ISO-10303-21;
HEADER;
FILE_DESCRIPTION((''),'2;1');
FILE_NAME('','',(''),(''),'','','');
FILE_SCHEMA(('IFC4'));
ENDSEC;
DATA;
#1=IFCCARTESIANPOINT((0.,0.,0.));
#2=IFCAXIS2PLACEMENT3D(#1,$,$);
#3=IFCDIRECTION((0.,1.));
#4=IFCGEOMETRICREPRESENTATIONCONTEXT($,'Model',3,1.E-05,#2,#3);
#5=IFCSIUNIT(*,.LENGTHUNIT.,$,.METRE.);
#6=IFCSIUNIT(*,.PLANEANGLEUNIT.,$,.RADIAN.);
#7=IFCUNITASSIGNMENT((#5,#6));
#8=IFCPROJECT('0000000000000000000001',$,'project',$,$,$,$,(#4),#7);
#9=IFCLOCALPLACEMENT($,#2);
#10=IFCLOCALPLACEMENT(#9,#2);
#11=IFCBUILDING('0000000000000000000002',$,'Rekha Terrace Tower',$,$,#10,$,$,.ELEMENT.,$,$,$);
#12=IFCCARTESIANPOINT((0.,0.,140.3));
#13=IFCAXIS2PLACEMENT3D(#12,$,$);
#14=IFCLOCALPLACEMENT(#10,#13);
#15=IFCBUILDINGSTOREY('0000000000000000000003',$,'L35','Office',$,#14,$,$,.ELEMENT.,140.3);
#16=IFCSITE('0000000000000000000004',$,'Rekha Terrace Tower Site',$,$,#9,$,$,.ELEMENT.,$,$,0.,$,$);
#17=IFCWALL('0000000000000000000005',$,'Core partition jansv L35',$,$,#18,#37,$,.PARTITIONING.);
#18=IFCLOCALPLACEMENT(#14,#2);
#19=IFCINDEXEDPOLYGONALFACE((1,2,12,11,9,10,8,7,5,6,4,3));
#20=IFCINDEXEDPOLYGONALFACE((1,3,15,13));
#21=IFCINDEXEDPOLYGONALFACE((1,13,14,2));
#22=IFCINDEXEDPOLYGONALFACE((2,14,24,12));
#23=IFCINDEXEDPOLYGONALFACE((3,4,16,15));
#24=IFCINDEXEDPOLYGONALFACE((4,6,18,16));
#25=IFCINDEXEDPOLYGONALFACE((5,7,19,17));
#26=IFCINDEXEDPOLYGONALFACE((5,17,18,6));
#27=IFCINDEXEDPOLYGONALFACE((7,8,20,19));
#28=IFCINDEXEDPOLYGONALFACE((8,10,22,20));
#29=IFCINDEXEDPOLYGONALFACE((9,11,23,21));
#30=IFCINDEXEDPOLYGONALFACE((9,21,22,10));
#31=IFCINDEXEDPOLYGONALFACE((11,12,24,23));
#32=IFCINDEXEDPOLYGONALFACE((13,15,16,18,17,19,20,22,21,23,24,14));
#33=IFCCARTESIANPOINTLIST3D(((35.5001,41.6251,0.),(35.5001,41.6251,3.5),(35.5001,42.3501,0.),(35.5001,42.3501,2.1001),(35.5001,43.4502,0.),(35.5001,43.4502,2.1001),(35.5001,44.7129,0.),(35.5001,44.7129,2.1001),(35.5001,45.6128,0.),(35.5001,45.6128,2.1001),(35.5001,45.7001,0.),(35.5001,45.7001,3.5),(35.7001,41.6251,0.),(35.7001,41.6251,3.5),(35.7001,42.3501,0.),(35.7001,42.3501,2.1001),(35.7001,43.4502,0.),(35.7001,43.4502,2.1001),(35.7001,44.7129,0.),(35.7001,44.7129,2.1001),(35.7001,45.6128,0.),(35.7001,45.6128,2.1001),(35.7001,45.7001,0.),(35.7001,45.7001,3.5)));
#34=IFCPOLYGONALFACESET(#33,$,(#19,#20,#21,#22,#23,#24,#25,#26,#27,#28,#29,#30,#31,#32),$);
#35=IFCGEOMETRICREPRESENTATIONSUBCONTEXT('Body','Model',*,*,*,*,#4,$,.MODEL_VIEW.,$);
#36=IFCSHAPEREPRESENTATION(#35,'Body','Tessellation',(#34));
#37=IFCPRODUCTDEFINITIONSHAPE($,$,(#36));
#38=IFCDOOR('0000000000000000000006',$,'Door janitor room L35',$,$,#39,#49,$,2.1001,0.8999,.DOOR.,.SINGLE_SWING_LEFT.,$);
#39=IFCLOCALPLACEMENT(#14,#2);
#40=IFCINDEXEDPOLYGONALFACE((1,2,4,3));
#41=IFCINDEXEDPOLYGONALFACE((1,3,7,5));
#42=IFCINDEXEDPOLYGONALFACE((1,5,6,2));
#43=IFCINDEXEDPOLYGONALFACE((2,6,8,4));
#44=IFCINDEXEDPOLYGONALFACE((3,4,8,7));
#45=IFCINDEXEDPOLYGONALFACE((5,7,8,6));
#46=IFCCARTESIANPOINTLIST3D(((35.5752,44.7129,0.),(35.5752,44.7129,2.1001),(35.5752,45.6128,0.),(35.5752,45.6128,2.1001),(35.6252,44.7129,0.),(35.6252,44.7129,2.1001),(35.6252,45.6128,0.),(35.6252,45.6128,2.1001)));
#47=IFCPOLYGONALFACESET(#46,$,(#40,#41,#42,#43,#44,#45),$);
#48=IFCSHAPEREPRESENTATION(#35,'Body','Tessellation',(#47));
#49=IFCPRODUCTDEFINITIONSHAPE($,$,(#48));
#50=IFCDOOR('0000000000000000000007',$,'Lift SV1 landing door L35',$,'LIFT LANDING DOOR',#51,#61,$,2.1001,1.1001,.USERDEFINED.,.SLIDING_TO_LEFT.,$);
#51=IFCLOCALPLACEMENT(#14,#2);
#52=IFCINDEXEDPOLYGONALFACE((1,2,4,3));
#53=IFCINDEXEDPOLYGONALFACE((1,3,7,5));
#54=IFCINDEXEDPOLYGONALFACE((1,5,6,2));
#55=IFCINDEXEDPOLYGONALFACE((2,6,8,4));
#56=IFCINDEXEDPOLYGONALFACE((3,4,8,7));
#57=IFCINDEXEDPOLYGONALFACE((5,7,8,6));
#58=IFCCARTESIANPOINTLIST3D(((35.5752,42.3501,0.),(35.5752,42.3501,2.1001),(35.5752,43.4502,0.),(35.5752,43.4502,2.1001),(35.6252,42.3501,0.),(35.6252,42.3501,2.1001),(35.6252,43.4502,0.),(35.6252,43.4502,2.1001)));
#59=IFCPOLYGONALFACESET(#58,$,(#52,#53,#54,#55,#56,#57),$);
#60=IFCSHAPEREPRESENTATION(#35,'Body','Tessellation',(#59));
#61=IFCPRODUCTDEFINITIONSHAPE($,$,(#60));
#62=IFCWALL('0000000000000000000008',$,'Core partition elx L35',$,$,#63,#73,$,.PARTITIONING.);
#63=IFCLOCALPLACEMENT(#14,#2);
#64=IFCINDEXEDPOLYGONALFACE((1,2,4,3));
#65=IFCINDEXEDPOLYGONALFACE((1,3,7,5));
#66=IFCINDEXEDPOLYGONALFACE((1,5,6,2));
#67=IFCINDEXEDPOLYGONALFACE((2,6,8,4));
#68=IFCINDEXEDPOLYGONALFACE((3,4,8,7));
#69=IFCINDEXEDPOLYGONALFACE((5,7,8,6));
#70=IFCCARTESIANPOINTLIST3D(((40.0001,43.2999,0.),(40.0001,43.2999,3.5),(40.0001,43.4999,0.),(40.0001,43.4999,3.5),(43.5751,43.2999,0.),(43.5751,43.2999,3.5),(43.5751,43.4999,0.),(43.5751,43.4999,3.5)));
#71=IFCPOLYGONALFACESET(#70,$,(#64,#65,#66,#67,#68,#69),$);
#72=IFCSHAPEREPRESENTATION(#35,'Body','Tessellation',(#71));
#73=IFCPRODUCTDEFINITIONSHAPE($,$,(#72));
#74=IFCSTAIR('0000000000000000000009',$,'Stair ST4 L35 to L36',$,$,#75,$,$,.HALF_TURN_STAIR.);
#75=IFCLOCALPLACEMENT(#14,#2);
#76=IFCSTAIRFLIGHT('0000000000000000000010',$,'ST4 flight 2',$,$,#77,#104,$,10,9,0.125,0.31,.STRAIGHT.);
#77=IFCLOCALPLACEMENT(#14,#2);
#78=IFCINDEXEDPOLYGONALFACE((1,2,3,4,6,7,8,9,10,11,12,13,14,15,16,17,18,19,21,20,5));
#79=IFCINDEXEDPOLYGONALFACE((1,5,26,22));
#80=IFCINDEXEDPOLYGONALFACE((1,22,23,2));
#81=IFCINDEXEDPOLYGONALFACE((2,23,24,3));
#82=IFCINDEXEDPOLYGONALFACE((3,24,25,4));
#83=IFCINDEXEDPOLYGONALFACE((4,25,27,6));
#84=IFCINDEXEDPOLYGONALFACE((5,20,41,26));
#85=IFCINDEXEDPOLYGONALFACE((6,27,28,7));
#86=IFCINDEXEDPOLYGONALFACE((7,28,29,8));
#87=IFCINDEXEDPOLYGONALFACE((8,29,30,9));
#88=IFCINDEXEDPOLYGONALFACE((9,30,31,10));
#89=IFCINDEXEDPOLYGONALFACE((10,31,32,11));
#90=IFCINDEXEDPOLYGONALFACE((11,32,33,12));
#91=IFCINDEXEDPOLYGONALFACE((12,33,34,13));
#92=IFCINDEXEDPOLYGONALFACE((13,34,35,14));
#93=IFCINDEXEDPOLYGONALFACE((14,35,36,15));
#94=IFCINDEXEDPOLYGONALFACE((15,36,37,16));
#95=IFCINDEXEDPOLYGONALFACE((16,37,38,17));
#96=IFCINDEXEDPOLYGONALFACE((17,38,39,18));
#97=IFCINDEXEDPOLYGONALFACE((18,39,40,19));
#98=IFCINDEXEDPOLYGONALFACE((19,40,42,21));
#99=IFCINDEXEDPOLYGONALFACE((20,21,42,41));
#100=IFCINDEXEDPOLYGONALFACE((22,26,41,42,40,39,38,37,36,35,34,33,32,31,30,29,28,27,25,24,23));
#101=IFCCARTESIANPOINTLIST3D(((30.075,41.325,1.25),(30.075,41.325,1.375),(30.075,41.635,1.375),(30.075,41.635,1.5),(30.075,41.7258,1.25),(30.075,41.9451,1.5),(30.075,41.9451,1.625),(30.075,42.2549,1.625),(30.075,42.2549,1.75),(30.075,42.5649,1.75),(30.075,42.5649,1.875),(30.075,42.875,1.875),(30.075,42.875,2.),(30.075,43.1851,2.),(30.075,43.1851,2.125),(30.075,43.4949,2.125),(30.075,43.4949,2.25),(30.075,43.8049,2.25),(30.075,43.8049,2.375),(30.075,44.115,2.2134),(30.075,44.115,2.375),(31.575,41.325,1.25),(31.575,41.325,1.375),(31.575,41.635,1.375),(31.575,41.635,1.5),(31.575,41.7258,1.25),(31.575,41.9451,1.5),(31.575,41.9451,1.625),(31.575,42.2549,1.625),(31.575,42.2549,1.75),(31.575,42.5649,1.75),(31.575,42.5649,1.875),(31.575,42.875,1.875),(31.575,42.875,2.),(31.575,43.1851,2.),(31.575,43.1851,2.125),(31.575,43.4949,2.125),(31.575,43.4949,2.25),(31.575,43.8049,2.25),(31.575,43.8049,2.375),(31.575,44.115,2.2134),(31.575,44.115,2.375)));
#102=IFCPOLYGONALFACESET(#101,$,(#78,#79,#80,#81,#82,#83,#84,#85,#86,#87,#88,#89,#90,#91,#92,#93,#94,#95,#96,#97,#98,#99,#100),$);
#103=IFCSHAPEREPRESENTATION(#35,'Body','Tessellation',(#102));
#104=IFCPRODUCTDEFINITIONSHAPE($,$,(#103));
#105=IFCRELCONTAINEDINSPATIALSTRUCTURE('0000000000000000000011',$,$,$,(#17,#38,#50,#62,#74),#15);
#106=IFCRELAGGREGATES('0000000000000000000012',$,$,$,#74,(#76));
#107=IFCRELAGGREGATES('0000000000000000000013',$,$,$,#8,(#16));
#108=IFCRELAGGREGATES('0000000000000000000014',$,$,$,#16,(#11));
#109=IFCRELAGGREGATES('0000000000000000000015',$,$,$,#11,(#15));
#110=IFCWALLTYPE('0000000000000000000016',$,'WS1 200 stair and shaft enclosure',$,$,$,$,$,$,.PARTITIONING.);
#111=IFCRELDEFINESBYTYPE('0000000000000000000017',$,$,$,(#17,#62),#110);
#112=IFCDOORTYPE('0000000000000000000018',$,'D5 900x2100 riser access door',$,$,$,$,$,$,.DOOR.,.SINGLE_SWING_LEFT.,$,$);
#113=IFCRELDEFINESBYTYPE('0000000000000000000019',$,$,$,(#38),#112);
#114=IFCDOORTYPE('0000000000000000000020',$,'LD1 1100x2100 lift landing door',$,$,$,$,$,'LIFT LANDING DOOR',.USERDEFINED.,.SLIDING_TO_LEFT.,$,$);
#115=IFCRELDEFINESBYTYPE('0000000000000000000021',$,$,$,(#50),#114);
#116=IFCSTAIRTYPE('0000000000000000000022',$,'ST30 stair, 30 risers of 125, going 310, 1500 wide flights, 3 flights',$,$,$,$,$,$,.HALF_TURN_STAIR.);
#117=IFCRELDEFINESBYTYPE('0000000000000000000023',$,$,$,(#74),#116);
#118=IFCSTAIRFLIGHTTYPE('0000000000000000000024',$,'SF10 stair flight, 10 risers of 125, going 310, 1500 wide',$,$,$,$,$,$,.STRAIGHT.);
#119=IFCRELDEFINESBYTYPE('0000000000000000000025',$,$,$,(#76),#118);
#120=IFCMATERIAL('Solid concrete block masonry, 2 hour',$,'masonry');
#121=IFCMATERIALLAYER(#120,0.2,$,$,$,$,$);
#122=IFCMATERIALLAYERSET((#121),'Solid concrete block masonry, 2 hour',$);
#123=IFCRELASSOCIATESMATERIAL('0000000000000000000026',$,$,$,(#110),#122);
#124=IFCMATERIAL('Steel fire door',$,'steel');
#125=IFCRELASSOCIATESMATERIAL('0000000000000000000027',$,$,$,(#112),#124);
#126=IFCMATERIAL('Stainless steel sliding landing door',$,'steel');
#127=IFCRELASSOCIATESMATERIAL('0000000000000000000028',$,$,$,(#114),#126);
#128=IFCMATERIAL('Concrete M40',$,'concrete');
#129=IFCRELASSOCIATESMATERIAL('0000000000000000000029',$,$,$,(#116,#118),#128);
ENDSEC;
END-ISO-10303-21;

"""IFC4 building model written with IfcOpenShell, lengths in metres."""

from ifc_helpers import new_model, si_unit, direction, frame, frame_2d, origin, place, context, subcontext, project, spatial, polyline, rectangle, outline, extrude, material, layer, layer_set, type_object, element, fill, aggregate, save


model = new_model("IFC4")

# Units and contexts
model_context = context("Model", 3, precision=1e-05, world=origin(), true_north=direction((0.0, 1.0)))
body_context = subcontext(model_context, "Body", "Model", "MODEL_VIEW")
ifc_project = project(units=[si_unit("LENGTHUNIT", "METRE"), si_unit("PLANEANGLEUNIT", "RADIAN")], contexts=[model_context])

# Site, building, storey
site_placement = place(None, origin())
site = spatial("IfcSite", under=ifc_project, at=site_placement, Name="Rekha Terrace Tower Site", CompositionType="ELEMENT", RefElevation=0.0)
building_placement = place(site_placement, origin())
building = spatial("IfcBuilding", under=site, at=building_placement, Name="Rekha Terrace Tower", CompositionType="ELEMENT")
storey_placement = place(building_placement, frame((0.0, 0.0, 140.3)))
storey = spatial("IfcBuildingStorey", under=building, at=storey_placement, Name="L35", Description="Office", CompositionType="ELEMENT", Elevation=140.3)

# Shared definitions
ifc_material_1 = material(Name="Stainless steel sliding landing door", Category="steel")

# Shared definitions
ifc_material_2 = material(Name="Solid concrete block masonry, 2 hour", Category="masonry")
ifc_layer_1 = layer(ifc_material_2, 0.2)
ifc_layer_set_1 = layer_set([ifc_layer_1], Name="Solid concrete block masonry, 2 hour")
wall_type_1 = type_object("IfcWallType", Name="WS1 200 stair and shaft enclosure", PredefinedType="PARTITIONING", material=ifc_layer_set_1)

# Wall, openings, doors
ifc_material_3 = material(Name="Steel fire door", Category="steel")
door_type_1 = type_object("IfcDoorType", Name="D5 900x2100 riser access door", OperationType="SINGLE_SWING_LEFT", PredefinedType="DOOR", material=ifc_material_3)
wall_1_placement = place(storey_placement, frame((35.6001, 41.625, 0.0), z_axis=(0.0, 0.0, 1.0), x_axis=(0.0, 1.0, 0.0)))
wall_1 = element("IfcWall", 1, at=wall_1_placement, inside=storey, type_object=wall_type_1, Name="Core partition jansv L35", PredefinedType="PARTITIONING", context=body_context, shape_type="SweptSolid", body=[
    extrude(rectangle(XDim=4.075, YDim=0.2, at=frame_2d((2.0376, 0.0))), origin(), (0.0, 0.0, 1.0), 3.5),
])
opening_1_placement = place(wall_1_placement, frame((3.0879, 0.0, 0.0)))
opening_1 = element("IfcOpeningElement", 2, at=opening_1_placement, cuts=wall_1, PredefinedType="OPENING", context=body_context, shape_type="SweptSolid", body=[
    extrude(rectangle(XDim=0.8999, YDim=2.1001, at=frame_2d((0.45, 1.05))), frame((0.0, 0.1099, 0.0), z_axis=(0.0, -1.0, 0.0), x_axis=(1.0, 0.0, 0.0)), (0.0, 0.0, 1.0), 0.22),
])
opening_2_placement = place(wall_1_placement, frame((0.7251, 0.0, 0.0)))
opening_2 = element("IfcOpeningElement", 3, at=opening_2_placement, cuts=wall_1, PredefinedType="OPENING", context=body_context, shape_type="SweptSolid", body=[
    extrude(rectangle(XDim=1.1001, YDim=2.1001, at=frame_2d((0.55, 1.05))), frame((0.0, 0.1099, 0.0), z_axis=(0.0, -1.0, 0.0), x_axis=(1.0, 0.0, 0.0)), (0.0, 0.0, 1.0), 0.22),
])
door_1_placement = place(opening_1_placement, origin())
door_1 = element("IfcDoor", 4, at=door_1_placement, inside=storey, type_object=door_type_1, Name="Door janitor room L35", OperationType="SINGLE_SWING_LEFT", OverallHeight=2.1001, OverallWidth=0.8999, PredefinedType="DOOR", context=body_context, shape_type="SweptSolid", body=[
    extrude(rectangle(XDim=0.8999, YDim=2.1001, at=frame_2d((0.45, 1.05))), frame((0.0, 0.0249, 0.0), z_axis=(0.0, -1.0, 0.0), x_axis=(1.0, 0.0, 0.0)), (0.0, 0.0, 1.0), 0.05),
])
fill(opening_1, door_1)
door_type_2 = type_object("IfcDoorType", Name="LD1 1100x2100 lift landing door", ElementType="LIFT LANDING DOOR", OperationType="SLIDING_TO_LEFT", PredefinedType="USERDEFINED", material=ifc_material_1)
door_2_placement = place(opening_2_placement, origin())
door_2 = element("IfcDoor", 5, at=door_2_placement, inside=storey, type_object=door_type_2, Name="Lift SV1 landing door L35", ObjectType="LIFT LANDING DOOR", OperationType="SLIDING_TO_LEFT", OverallHeight=2.1001, OverallWidth=1.1001, PredefinedType="USERDEFINED", context=body_context, shape_type="SweptSolid", body=[
    extrude(rectangle(XDim=1.1001, YDim=2.1001, at=frame_2d((0.55, 1.05))), frame((0.0, 0.0249, 0.0), z_axis=(0.0, -1.0, 0.0), x_axis=(1.0, 0.0, 0.0)), (0.0, 0.0, 1.0), 0.05),
])
fill(opening_2, door_2)

# Wall
wall_2_placement = place(storey_placement, frame((40.0, 43.3999, 0.0), z_axis=(0.0, 0.0, 1.0), x_axis=(1.0, 0.0, 0.0)))
element("IfcWall", 6, at=wall_2_placement, inside=storey, type_object=wall_type_1, Name="Core partition elx L35", PredefinedType="PARTITIONING", context=body_context, shape_type="SweptSolid", body=[
    extrude(rectangle(XDim=3.575, YDim=0.2, at=frame_2d((1.7876, 0.0))), origin(), (0.0, 0.0, 1.0), 3.5),
])

# Stair, stair flight
ifc_material_4 = material(Name="Concrete M40", Category="concrete")
stair_type = type_object("IfcStairType", Name="ST30 stair, 30 risers of 125, going 310, 1500 wide flights, 3 flights", PredefinedType="HALF_TURN_STAIR", material=ifc_material_4)
stair_placement = place(storey_placement, origin())
stair = element("IfcStair", 7, at=stair_placement, inside=storey, type_object=stair_type, Name="Stair ST4 L35 to L36", PredefinedType="HALF_TURN_STAIR")
stair_flight_type = type_object("IfcStairFlightType", Name="SF10 stair flight, 10 risers of 125, going 310, 1500 wide", PredefinedType="STRAIGHT", material=ifc_material_4)
stair_flight_placement = place(storey_placement, frame((30.825, 41.325, 1.25), z_axis=(0.0, 0.0, 1.0), x_axis=(0.0, 1.0, 0.0)))
stair_flight = element("IfcStairFlight", 8, at=stair_flight_placement, type_object=stair_flight_type, Name="ST4 flight 2", NumberOfRisers=10, NumberOfTreads=9, PredefinedType="STRAIGHT", RiserHeight=0.125, TreadLength=0.31, context=body_context, shape_type="SweptSolid", body=[
    extrude(outline(polyline([(0.0, 0.0), (0.0, 0.125), (0.3101, 0.125), (0.3101, 0.25), (0.6201, 0.25), (0.6201, 0.375), (0.9299, 0.375), (0.9299, 0.5), (1.24, 0.5), (1.24, 0.625), (1.55, 0.625), (1.55, 0.75), (1.8601, 0.75), (1.8601, 0.875), (2.1699, 0.875), (2.1699, 1.0), (2.48, 1.0), (2.48, 1.125), (2.79, 1.125), (2.79, 1.25), (2.79, 0.9634), (0.4009, 0.0), (0.0, 0.0)])), frame((0.0, 0.75, 0.0), z_axis=(0.0, -1.0, 0.0), x_axis=(1.0, 0.0, 0.0)), (0.0, 0.0, 1.0), 1.5),
])
aggregate(stair, [stair_flight])

save(model, "model.ifc")
